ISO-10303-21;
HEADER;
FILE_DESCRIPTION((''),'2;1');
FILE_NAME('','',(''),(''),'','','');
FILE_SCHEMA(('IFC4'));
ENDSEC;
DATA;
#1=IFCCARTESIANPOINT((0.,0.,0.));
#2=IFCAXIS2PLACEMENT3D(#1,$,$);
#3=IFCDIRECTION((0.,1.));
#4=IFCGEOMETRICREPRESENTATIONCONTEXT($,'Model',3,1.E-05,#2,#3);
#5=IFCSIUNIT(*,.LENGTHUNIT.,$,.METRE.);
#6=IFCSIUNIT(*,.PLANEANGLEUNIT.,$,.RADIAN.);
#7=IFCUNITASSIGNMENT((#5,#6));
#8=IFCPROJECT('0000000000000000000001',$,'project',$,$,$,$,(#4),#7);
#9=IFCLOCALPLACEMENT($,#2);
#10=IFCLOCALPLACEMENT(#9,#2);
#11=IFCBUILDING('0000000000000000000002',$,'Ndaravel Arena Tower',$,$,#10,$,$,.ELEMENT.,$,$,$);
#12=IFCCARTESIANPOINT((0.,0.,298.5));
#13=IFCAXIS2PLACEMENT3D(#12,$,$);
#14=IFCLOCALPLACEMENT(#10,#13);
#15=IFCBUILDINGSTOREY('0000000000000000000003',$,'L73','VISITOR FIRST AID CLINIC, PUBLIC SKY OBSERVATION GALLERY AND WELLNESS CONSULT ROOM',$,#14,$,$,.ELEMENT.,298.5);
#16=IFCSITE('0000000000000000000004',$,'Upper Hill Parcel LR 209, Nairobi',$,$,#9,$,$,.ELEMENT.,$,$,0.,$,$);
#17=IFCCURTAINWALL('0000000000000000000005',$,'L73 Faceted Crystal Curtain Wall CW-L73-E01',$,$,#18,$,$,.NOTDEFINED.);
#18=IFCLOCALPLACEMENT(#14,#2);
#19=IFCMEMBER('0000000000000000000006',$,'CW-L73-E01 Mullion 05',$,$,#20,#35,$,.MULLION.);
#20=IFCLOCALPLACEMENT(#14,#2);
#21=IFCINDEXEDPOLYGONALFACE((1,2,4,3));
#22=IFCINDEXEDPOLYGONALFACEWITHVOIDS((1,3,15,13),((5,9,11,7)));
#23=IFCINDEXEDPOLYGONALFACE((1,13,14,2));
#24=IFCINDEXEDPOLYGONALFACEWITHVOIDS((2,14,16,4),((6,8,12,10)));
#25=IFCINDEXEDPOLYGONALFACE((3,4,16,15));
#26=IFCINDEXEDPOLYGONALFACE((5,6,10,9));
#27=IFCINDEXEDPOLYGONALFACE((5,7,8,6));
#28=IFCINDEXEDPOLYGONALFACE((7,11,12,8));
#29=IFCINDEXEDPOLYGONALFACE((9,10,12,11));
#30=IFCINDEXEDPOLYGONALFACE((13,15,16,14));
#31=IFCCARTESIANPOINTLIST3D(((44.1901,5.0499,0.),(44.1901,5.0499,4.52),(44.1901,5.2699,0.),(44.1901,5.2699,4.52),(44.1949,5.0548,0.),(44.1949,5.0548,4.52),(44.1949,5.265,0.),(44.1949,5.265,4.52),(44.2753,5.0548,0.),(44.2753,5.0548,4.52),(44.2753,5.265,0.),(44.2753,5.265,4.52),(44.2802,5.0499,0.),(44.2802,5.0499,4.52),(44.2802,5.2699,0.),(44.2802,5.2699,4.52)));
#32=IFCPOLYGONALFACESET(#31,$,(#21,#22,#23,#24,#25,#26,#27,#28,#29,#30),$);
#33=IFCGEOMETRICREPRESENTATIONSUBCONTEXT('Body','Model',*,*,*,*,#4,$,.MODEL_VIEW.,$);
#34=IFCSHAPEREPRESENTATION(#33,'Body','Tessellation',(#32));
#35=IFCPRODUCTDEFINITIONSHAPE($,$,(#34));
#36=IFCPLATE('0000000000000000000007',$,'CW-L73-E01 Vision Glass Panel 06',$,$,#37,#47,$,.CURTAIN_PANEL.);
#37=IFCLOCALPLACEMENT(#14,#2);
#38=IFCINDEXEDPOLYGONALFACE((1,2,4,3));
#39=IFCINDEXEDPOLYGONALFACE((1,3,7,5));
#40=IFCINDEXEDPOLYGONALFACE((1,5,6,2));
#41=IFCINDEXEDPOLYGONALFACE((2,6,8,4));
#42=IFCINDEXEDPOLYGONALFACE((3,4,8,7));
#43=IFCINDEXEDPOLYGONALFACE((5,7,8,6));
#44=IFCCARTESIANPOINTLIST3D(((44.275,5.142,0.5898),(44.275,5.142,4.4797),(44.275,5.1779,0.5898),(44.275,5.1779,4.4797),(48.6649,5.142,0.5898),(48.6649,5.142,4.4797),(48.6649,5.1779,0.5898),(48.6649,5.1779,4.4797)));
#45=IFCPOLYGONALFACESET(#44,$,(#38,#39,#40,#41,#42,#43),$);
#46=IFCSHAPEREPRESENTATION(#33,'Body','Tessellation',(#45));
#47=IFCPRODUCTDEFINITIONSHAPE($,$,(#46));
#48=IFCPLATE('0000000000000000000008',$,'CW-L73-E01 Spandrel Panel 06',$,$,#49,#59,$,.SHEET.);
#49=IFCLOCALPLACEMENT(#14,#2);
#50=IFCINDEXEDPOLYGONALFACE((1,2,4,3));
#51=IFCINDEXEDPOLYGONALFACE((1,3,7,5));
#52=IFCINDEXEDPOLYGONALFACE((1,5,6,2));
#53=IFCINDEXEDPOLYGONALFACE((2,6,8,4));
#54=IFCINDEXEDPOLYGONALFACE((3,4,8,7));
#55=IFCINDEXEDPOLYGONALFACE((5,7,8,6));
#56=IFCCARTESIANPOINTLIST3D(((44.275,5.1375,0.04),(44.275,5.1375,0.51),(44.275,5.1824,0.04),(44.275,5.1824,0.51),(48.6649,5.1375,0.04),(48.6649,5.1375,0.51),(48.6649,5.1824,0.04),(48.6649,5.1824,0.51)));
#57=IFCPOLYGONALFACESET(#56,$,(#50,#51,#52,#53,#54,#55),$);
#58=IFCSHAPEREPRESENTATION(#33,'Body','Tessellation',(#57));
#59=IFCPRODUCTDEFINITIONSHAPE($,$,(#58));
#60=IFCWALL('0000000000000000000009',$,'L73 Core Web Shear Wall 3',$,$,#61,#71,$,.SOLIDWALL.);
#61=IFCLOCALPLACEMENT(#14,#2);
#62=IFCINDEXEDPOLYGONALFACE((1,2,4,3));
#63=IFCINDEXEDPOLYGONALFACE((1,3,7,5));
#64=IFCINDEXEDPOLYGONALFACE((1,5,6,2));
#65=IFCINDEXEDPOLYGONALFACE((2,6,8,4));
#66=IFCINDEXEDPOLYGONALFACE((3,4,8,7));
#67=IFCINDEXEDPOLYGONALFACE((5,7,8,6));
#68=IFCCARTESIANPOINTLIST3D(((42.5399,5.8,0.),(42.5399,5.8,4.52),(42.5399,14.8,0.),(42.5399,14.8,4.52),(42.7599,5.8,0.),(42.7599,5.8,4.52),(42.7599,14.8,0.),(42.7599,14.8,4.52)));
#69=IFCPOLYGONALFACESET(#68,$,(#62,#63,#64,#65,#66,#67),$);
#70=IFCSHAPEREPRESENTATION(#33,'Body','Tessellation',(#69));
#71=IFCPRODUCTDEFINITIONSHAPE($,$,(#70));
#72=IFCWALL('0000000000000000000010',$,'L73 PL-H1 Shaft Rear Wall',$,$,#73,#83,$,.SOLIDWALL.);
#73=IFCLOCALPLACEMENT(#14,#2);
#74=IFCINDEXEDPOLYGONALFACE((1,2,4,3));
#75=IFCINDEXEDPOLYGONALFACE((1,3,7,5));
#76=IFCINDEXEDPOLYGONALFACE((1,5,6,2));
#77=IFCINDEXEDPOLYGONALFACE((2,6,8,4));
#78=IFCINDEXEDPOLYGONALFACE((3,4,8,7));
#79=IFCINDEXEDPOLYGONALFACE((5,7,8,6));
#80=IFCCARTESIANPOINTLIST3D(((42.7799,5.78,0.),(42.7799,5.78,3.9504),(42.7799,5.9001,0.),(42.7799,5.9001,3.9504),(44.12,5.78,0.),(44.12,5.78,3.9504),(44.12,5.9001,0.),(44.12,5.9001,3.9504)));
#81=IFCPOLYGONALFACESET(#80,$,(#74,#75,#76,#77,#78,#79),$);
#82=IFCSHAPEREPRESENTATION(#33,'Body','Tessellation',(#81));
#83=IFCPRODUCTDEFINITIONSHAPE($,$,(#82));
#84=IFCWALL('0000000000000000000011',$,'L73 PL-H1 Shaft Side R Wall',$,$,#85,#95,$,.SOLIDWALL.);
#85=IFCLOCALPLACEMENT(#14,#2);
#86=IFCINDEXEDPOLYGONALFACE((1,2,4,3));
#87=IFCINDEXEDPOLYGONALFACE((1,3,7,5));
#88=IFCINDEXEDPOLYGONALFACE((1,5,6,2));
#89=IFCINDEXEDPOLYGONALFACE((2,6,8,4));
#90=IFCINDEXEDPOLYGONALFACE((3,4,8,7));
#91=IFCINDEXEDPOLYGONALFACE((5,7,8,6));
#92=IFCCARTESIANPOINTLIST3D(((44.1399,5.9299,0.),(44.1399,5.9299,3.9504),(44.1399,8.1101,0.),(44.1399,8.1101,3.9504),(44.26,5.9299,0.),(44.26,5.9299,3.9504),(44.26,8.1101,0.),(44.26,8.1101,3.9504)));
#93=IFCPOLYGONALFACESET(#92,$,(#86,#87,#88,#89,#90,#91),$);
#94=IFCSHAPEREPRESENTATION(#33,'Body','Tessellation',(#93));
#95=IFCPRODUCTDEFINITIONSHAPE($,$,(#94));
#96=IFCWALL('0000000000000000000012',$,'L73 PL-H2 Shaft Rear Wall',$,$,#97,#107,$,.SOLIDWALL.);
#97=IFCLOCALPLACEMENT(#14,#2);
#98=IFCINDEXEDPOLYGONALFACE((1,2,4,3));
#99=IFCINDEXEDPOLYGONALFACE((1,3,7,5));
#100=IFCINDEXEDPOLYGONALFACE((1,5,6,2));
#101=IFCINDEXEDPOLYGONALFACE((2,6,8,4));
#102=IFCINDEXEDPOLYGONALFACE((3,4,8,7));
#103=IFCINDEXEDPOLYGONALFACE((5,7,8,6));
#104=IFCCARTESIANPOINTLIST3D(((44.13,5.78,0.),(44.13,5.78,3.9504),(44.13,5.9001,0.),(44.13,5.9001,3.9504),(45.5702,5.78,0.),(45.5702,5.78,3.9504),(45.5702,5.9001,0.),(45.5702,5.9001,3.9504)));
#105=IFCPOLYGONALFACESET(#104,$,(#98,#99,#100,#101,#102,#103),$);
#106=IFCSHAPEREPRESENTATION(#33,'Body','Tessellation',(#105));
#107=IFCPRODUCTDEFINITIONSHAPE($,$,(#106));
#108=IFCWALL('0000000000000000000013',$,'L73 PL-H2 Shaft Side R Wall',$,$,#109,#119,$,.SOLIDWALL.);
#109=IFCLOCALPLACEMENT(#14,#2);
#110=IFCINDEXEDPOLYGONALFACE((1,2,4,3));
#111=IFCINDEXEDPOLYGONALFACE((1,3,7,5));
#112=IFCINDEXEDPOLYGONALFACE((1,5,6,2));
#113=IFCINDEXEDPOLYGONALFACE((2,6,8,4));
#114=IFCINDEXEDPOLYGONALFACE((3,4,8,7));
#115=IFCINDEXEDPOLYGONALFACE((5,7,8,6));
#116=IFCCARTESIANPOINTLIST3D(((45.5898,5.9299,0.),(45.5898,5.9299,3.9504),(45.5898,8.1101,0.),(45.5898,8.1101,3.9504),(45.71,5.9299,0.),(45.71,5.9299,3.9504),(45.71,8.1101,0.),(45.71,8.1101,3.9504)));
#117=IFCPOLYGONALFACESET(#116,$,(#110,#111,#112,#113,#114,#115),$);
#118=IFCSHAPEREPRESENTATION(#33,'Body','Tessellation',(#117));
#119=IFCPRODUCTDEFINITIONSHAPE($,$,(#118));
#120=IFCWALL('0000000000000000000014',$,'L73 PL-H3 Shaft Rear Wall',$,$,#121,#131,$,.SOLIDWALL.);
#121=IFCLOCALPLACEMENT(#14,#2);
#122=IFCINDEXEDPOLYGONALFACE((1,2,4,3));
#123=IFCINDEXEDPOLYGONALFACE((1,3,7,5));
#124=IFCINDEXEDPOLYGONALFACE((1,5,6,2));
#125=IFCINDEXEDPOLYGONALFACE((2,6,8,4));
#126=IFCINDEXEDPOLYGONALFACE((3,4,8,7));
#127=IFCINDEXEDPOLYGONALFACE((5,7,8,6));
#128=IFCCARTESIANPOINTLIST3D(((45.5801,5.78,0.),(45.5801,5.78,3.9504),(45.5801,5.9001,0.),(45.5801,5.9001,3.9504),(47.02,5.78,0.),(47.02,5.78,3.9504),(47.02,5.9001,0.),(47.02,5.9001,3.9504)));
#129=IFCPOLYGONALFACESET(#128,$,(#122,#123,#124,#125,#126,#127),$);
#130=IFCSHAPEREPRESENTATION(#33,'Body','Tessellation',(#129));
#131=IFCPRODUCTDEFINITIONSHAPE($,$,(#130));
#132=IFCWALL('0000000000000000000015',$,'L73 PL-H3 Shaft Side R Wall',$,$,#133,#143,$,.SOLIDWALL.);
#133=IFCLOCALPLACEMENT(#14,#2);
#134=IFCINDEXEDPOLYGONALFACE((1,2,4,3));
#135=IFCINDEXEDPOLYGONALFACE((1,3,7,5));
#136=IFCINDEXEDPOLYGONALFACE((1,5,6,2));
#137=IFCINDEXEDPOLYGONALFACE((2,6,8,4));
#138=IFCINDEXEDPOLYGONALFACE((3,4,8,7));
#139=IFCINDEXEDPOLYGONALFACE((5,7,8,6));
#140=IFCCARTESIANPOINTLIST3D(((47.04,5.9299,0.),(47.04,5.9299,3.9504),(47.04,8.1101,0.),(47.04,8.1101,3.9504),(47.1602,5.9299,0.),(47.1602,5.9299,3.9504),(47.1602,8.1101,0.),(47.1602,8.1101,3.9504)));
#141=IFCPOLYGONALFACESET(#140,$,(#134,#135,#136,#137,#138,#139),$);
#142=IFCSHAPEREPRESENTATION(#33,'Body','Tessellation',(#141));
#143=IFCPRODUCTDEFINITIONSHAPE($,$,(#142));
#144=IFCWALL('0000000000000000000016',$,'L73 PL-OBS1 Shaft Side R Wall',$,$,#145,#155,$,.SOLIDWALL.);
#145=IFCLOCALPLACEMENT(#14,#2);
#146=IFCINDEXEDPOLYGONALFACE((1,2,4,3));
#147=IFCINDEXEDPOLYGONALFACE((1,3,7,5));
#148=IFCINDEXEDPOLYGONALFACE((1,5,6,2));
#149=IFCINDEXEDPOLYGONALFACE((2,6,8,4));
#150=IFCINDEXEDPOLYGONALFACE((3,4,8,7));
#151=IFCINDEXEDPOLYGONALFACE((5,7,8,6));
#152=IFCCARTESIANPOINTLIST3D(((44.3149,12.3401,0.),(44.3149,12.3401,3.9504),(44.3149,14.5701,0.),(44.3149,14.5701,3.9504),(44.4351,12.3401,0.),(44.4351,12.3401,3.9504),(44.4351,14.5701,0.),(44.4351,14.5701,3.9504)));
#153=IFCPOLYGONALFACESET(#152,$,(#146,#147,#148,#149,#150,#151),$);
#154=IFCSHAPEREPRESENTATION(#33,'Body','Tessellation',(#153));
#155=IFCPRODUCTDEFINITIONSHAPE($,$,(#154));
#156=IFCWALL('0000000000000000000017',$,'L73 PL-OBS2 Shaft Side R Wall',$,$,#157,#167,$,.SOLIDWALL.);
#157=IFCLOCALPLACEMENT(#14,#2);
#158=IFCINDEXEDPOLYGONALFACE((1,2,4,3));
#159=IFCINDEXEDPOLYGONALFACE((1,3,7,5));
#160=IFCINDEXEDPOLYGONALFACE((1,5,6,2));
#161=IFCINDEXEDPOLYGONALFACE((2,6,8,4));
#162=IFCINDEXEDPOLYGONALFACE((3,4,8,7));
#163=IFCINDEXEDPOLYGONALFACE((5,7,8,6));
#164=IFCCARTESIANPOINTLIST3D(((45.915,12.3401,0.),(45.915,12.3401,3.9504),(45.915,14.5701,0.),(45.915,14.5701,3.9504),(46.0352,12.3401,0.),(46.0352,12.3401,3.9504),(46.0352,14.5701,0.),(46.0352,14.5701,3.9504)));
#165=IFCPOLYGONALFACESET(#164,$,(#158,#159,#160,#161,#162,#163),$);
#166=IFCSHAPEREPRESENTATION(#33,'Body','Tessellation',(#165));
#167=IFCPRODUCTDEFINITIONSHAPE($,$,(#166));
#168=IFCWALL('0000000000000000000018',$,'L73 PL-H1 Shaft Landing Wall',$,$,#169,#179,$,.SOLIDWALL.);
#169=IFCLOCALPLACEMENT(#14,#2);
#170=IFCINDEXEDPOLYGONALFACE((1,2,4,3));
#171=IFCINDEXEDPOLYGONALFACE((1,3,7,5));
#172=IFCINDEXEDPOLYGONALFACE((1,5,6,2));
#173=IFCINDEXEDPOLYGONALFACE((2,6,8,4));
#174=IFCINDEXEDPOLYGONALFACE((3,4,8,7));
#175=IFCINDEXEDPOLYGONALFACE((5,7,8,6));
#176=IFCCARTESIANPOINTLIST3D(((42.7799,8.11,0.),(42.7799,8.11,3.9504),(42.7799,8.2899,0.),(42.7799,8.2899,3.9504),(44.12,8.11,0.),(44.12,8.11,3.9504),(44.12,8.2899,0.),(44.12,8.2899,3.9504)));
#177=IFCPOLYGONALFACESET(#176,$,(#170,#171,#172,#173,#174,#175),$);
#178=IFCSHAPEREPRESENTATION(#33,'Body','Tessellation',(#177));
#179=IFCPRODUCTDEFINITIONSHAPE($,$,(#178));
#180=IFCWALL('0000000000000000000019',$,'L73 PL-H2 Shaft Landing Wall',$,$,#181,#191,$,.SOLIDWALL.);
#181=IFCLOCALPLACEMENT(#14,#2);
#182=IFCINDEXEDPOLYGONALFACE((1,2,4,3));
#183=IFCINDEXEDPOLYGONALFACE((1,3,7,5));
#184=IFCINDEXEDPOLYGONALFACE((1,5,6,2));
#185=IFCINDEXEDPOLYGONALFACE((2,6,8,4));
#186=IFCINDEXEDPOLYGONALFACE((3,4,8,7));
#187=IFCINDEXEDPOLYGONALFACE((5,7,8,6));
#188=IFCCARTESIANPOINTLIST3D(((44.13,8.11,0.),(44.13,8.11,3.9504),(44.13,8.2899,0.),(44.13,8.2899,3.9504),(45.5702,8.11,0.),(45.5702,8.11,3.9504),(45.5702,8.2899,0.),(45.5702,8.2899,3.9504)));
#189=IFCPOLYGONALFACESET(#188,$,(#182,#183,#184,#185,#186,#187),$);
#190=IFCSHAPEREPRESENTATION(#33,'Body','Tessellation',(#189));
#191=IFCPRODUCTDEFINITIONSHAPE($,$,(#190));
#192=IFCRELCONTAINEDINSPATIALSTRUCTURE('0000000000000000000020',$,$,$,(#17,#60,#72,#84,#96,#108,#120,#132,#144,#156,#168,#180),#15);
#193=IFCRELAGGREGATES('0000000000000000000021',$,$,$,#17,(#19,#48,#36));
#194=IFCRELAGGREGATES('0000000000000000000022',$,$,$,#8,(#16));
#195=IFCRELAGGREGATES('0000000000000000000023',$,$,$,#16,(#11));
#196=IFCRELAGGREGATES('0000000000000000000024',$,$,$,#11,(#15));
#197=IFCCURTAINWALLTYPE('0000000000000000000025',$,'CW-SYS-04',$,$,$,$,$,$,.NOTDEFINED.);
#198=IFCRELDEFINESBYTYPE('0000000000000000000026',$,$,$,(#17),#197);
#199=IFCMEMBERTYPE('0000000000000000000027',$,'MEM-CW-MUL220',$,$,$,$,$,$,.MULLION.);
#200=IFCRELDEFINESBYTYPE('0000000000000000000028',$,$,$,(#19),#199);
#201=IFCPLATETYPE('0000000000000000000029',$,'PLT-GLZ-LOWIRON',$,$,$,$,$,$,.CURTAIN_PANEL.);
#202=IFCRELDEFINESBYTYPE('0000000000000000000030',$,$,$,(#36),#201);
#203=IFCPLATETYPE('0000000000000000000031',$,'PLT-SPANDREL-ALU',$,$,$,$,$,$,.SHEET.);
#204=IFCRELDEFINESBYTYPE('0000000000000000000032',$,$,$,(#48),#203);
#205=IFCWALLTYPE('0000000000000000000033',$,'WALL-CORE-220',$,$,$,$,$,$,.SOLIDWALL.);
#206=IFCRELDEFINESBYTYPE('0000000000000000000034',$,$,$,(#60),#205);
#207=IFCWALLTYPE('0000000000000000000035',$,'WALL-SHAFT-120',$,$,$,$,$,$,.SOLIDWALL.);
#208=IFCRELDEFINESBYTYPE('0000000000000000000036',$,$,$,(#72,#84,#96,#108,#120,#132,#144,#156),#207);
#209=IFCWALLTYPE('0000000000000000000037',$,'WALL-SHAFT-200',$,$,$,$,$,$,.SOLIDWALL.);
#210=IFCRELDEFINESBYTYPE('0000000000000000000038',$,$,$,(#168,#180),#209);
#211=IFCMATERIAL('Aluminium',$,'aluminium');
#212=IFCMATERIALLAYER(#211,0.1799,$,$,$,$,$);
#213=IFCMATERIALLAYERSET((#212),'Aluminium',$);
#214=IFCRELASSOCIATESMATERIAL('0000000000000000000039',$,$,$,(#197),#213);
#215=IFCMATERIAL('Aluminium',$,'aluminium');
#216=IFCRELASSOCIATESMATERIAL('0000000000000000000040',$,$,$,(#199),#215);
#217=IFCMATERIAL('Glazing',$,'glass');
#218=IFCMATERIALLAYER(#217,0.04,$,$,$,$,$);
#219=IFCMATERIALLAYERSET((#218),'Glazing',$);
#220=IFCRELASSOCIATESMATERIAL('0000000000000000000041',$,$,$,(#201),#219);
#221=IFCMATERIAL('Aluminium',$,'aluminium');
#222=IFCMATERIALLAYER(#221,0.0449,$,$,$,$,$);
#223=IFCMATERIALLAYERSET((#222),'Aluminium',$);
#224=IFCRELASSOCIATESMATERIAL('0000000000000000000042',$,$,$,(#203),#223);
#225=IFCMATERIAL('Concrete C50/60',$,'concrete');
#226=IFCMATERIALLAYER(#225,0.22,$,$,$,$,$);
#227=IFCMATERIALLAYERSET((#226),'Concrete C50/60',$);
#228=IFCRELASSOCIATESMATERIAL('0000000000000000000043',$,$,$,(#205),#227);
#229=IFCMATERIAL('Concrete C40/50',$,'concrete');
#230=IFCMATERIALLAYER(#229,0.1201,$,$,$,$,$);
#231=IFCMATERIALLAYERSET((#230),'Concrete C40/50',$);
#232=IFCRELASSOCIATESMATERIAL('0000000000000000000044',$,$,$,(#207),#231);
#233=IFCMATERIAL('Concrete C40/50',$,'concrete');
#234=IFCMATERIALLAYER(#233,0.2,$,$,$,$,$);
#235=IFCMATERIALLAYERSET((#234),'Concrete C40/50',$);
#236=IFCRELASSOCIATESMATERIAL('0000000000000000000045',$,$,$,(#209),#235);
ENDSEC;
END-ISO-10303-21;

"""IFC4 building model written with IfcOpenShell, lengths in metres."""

from ifc_helpers import new_model, si_unit, direction, frame, frame_2d, origin, origin_2d, place, context, subcontext, project, spatial, rectangle, hollow_rectangle, extrude, material, layer, layer_set, material_profile, profile_set, type_object, element, aggregate, save


model = new_model("IFC4")

# Units and contexts
model_context = context("Model", 3, precision=1e-05, world=origin(), true_north=direction((0.0, 1.0)))
body_context = subcontext(model_context, "Body", "Model", "MODEL_VIEW")
ifc_project = project(units=[si_unit("LENGTHUNIT", "METRE"), si_unit("PLANEANGLEUNIT", "RADIAN")], contexts=[model_context])

# Site, building, storey
site_placement = place(None, origin())
site = spatial("IfcSite", under=ifc_project, at=site_placement, Name="Upper Hill Parcel LR 209, Nairobi", CompositionType="ELEMENT", RefElevation=0.0)
building_placement = place(site_placement, origin())
building = spatial("IfcBuilding", under=site, at=building_placement, Name="Ndaravel Arena Tower", CompositionType="ELEMENT")
storey_placement = place(building_placement, frame((0.0, 0.0, 298.5)))
storey = spatial("IfcBuildingStorey", under=building, at=storey_placement, Name="L73", Description="VISITOR FIRST AID CLINIC, PUBLIC SKY OBSERVATION GALLERY AND WELLNESS CONSULT ROOM", CompositionType="ELEMENT", Elevation=298.5)

# Curtain wall, member, plates
ifc_material_1 = material(Name="Aluminium", Category="aluminium")
ifc_layer_1 = layer(ifc_material_1, 0.1799)
ifc_layer_set_1 = layer_set([ifc_layer_1], Name="Aluminium")
curtain_wall_type = type_object("IfcCurtainWallType", Name="CW-SYS-04", PredefinedType="NOTDEFINED", material=ifc_layer_set_1)
curtain_wall_placement = place(storey_placement, origin())
curtain_wall = element("IfcCurtainWall", 1, at=curtain_wall_placement, inside=storey, type_object=curtain_wall_type, Name="L73 Faceted Crystal Curtain Wall CW-L73-E01", PredefinedType="NOTDEFINED")
ifc_material_2 = material(Name="Aluminium", Category="aluminium")
ifc_material_profile = material_profile(ifc_material_2, hollow_rectangle(XDim=0.0901, YDim=0.22, WallThickness=0.0049, at=origin_2d()), Name="CW MULLION 90x220x5")
ifc_profile_set = profile_set([ifc_material_profile], Name="Aluminium")
member_type = type_object("IfcMemberType", Name="MEM-CW-MUL220", PredefinedType="MULLION", material=ifc_profile_set)
member_placement = place(storey_placement, frame((44.2351, 5.1599, 0.0), z_axis=(0.0, 0.0, 1.0), x_axis=(1.0, 0.0, 0.0)))
member = element("IfcMember", 2, at=member_placement, type_object=member_type, Name="CW-L73-E01 Mullion 05", PredefinedType="MULLION", context=body_context, shape_type="SweptSolid", body=[
    extrude(hollow_rectangle(XDim=0.0901, YDim=0.22, WallThickness=0.0049, at=origin_2d()), origin(), (0.0, 0.0, 1.0), 4.52),
])
ifc_material_3 = material(Name="Glazing", Category="glass")
ifc_layer_2 = layer(ifc_material_3, 0.04)
ifc_layer_set_2 = layer_set([ifc_layer_2], Name="Glazing")
plate_type_1 = type_object("IfcPlateType", Name="PLT-GLZ-LOWIRON", PredefinedType="CURTAIN_PANEL", material=ifc_layer_set_2)
plate_1_placement = place(storey_placement, frame((46.47, 5.1599, 0.5898), z_axis=(0.0, 0.0, 1.0), x_axis=(1.0, 0.0, 0.0)))
plate_1 = element("IfcPlate", 3, at=plate_1_placement, type_object=plate_type_1, Name="CW-L73-E01 Vision Glass Panel 06", PredefinedType="CURTAIN_PANEL", context=body_context, shape_type="SweptSolid", body=[
    extrude(rectangle(XDim=4.3899, YDim=0.0359, at=origin_2d()), origin(), (0.0, 0.0, 1.0), 3.8899),
])
ifc_material_4 = material(Name="Aluminium", Category="aluminium")
ifc_layer_3 = layer(ifc_material_4, 0.0449)
ifc_layer_set_3 = layer_set([ifc_layer_3], Name="Aluminium")
plate_type_2 = type_object("IfcPlateType", Name="PLT-SPANDREL-ALU", PredefinedType="SHEET", material=ifc_layer_set_3)
plate_2_placement = place(storey_placement, frame((46.47, 5.1599, 0.04), z_axis=(0.0, 0.0, 1.0), x_axis=(1.0, 0.0, 0.0)))
plate_2 = element("IfcPlate", 4, at=plate_2_placement, type_object=plate_type_2, Name="CW-L73-E01 Spandrel Panel 06", PredefinedType="SHEET", context=body_context, shape_type="SweptSolid", body=[
    extrude(rectangle(XDim=4.3899, YDim=0.0449, at=origin_2d()), origin(), (0.0, 0.0, 1.0), 0.47),
])
aggregate(curtain_wall, [member, plate_2, plate_1])

# Walls
ifc_material_5 = material(Name="Concrete C50/60", Category="concrete")
ifc_layer_4 = layer(ifc_material_5, 0.22)
ifc_layer_set_4 = layer_set([ifc_layer_4], Name="Concrete C50/60")
wall_type_1 = type_object("IfcWallType", Name="WALL-CORE-220", PredefinedType="SOLIDWALL", material=ifc_layer_set_4)
wall_1_placement = place(storey_placement, frame((42.6499, 5.8, 0.0), z_axis=(0.0, 0.0, 1.0), x_axis=(0.0, 1.0, 0.0)))
element("IfcWall", 5, at=wall_1_placement, inside=storey, type_object=wall_type_1, Name="L73 Core Web Shear Wall 3", PredefinedType="SOLIDWALL", context=body_context, shape_type="SweptSolid", body=[
    extrude(rectangle(XDim=9.0, YDim=0.22, at=frame_2d((4.5, 0.0))), origin(), (0.0, 0.0, 1.0), 4.52),
])
ifc_material_6 = material(Name="Concrete C40/50", Category="concrete")
ifc_layer_5 = layer(ifc_material_6, 0.1201)
ifc_layer_set_5 = layer_set([ifc_layer_5], Name="Concrete C40/50")
wall_type_2 = type_object("IfcWallType", Name="WALL-SHAFT-120", PredefinedType="SOLIDWALL", material=ifc_layer_set_5)
wall_2_placement = place(storey_placement, frame((42.78, 5.8401, 0.0), z_axis=(0.0, 0.0, 1.0), x_axis=(1.0, 0.0, 0.0)))
element("IfcWall", 6, at=wall_2_placement, inside=storey, type_object=wall_type_2, Name="L73 PL-H1 Shaft Rear Wall", PredefinedType="SOLIDWALL", context=body_context, shape_type="SweptSolid", body=[
    extrude(rectangle(XDim=1.3401, YDim=0.1201, at=frame_2d((0.6699, 0.0))), origin(), (0.0, 0.0, 1.0), 3.9504),
])
wall_3_placement = place(storey_placement, frame((44.2, 5.9299, 0.0), z_axis=(0.0, 0.0, 1.0), x_axis=(0.0, 1.0, 0.0)))
element("IfcWall", 7, at=wall_3_placement, inside=storey, type_object=wall_type_2, Name="L73 PL-H1 Shaft Side R Wall", PredefinedType="SOLIDWALL", context=body_context, shape_type="SweptSolid", body=[
    extrude(rectangle(XDim=2.1802, YDim=0.1201, at=frame_2d((1.0901, 0.0))), origin(), (0.0, 0.0, 1.0), 3.9504),
])
wall_4_placement = place(storey_placement, frame((44.1299, 5.8401, 0.0), z_axis=(0.0, 0.0, 1.0), x_axis=(1.0, 0.0, 0.0)))
element("IfcWall", 8, at=wall_4_placement, inside=storey, type_object=wall_type_2, Name="L73 PL-H2 Shaft Rear Wall", PredefinedType="SOLIDWALL", context=body_context, shape_type="SweptSolid", body=[
    extrude(rectangle(XDim=1.4402, YDim=0.1201, at=frame_2d((0.7202, 0.0))), origin(), (0.0, 0.0, 1.0), 3.9504),
])
wall_5_placement = place(storey_placement, frame((45.6499, 5.9299, 0.0), z_axis=(0.0, 0.0, 1.0), x_axis=(0.0, 1.0, 0.0)))
element("IfcWall", 9, at=wall_5_placement, inside=storey, type_object=wall_type_2, Name="L73 PL-H2 Shaft Side R Wall", PredefinedType="SOLIDWALL", context=body_context, shape_type="SweptSolid", body=[
    extrude(rectangle(XDim=2.1802, YDim=0.1201, at=frame_2d((1.0901, 0.0))), origin(), (0.0, 0.0, 1.0), 3.9504),
])
wall_6_placement = place(storey_placement, frame((45.5801, 5.8401, 0.0), z_axis=(0.0, 0.0, 1.0), x_axis=(1.0, 0.0, 0.0)))
element("IfcWall", 10, at=wall_6_placement, inside=storey, type_object=wall_type_2, Name="L73 PL-H3 Shaft Rear Wall", PredefinedType="SOLIDWALL", context=body_context, shape_type="SweptSolid", body=[
    extrude(rectangle(XDim=1.4399, YDim=0.1201, at=frame_2d((0.72, 0.0))), origin(), (0.0, 0.0, 1.0), 3.9504),
])
wall_7_placement = place(storey_placement, frame((47.1001, 5.9299, 0.0), z_axis=(0.0, 0.0, 1.0), x_axis=(0.0, 1.0, 0.0)))
element("IfcWall", 11, at=wall_7_placement, inside=storey, type_object=wall_type_2, Name="L73 PL-H3 Shaft Side R Wall", PredefinedType="SOLIDWALL", context=body_context, shape_type="SweptSolid", body=[
    extrude(rectangle(XDim=2.1802, YDim=0.1201, at=frame_2d((1.0901, 0.0))), origin(), (0.0, 0.0, 1.0), 3.9504),
])
for number, where, z_axis, x_axis, name in (
    (12, (44.375, 12.3401, 0.0), (0.0, 0.0, 1.0), (0.0, 1.0, 0.0), "L73 PL-OBS1 Shaft Side R Wall"),
    (13, (45.9751, 12.3401, 0.0), (0.0, 0.0, 1.0), (0.0, 1.0, 0.0), "L73 PL-OBS2 Shaft Side R Wall"),
):
    element("IfcWall", number, at=place(storey_placement, frame(where, z_axis=z_axis, x_axis=x_axis)), inside=storey, type_object=wall_type_2, Name=name, PredefinedType="SOLIDWALL", context=body_context, shape_type="SweptSolid", body=[
        extrude(rectangle(XDim=2.23, YDim=0.1201, at=frame_2d((1.115, 0.0))), origin(), (0.0, 0.0, 1.0), 3.9504),
    ])
ifc_material_7 = material(Name="Concrete C40/50", Category="concrete")
ifc_layer_6 = layer(ifc_material_7, 0.2)
ifc_layer_set_6 = layer_set([ifc_layer_6], Name="Concrete C40/50")
wall_type_3 = type_object("IfcWallType", Name="WALL-SHAFT-200", PredefinedType="SOLIDWALL", material=ifc_layer_set_6)
wall_8_placement = place(storey_placement, frame((42.78, 8.2, 0.0), z_axis=(0.0, 0.0, 1.0), x_axis=(1.0, 0.0, 0.0)))
element("IfcWall", 14, at=wall_8_placement, inside=storey, type_object=wall_type_3, Name="L73 PL-H1 Shaft Landing Wall", PredefinedType="SOLIDWALL", context=body_context, shape_type="SweptSolid", body=[
    extrude(rectangle(XDim=1.3401, YDim=0.1799, at=frame_2d((0.6699, 0.0))), origin(), (0.0, 0.0, 1.0), 3.9504),
])
wall_9_placement = place(storey_placement, frame((44.1299, 8.2, 0.0), z_axis=(0.0, 0.0, 1.0), x_axis=(1.0, 0.0, 0.0)))
element("IfcWall", 15, at=wall_9_placement, inside=storey, type_object=wall_type_3, Name="L73 PL-H2 Shaft Landing Wall", PredefinedType="SOLIDWALL", context=body_context, shape_type="SweptSolid", body=[
    extrude(rectangle(XDim=1.4402, YDim=0.1799, at=frame_2d((0.7202, 0.0))), origin(), (0.0, 0.0, 1.0), 3.9504),
])

save(model, "model.ifc")
